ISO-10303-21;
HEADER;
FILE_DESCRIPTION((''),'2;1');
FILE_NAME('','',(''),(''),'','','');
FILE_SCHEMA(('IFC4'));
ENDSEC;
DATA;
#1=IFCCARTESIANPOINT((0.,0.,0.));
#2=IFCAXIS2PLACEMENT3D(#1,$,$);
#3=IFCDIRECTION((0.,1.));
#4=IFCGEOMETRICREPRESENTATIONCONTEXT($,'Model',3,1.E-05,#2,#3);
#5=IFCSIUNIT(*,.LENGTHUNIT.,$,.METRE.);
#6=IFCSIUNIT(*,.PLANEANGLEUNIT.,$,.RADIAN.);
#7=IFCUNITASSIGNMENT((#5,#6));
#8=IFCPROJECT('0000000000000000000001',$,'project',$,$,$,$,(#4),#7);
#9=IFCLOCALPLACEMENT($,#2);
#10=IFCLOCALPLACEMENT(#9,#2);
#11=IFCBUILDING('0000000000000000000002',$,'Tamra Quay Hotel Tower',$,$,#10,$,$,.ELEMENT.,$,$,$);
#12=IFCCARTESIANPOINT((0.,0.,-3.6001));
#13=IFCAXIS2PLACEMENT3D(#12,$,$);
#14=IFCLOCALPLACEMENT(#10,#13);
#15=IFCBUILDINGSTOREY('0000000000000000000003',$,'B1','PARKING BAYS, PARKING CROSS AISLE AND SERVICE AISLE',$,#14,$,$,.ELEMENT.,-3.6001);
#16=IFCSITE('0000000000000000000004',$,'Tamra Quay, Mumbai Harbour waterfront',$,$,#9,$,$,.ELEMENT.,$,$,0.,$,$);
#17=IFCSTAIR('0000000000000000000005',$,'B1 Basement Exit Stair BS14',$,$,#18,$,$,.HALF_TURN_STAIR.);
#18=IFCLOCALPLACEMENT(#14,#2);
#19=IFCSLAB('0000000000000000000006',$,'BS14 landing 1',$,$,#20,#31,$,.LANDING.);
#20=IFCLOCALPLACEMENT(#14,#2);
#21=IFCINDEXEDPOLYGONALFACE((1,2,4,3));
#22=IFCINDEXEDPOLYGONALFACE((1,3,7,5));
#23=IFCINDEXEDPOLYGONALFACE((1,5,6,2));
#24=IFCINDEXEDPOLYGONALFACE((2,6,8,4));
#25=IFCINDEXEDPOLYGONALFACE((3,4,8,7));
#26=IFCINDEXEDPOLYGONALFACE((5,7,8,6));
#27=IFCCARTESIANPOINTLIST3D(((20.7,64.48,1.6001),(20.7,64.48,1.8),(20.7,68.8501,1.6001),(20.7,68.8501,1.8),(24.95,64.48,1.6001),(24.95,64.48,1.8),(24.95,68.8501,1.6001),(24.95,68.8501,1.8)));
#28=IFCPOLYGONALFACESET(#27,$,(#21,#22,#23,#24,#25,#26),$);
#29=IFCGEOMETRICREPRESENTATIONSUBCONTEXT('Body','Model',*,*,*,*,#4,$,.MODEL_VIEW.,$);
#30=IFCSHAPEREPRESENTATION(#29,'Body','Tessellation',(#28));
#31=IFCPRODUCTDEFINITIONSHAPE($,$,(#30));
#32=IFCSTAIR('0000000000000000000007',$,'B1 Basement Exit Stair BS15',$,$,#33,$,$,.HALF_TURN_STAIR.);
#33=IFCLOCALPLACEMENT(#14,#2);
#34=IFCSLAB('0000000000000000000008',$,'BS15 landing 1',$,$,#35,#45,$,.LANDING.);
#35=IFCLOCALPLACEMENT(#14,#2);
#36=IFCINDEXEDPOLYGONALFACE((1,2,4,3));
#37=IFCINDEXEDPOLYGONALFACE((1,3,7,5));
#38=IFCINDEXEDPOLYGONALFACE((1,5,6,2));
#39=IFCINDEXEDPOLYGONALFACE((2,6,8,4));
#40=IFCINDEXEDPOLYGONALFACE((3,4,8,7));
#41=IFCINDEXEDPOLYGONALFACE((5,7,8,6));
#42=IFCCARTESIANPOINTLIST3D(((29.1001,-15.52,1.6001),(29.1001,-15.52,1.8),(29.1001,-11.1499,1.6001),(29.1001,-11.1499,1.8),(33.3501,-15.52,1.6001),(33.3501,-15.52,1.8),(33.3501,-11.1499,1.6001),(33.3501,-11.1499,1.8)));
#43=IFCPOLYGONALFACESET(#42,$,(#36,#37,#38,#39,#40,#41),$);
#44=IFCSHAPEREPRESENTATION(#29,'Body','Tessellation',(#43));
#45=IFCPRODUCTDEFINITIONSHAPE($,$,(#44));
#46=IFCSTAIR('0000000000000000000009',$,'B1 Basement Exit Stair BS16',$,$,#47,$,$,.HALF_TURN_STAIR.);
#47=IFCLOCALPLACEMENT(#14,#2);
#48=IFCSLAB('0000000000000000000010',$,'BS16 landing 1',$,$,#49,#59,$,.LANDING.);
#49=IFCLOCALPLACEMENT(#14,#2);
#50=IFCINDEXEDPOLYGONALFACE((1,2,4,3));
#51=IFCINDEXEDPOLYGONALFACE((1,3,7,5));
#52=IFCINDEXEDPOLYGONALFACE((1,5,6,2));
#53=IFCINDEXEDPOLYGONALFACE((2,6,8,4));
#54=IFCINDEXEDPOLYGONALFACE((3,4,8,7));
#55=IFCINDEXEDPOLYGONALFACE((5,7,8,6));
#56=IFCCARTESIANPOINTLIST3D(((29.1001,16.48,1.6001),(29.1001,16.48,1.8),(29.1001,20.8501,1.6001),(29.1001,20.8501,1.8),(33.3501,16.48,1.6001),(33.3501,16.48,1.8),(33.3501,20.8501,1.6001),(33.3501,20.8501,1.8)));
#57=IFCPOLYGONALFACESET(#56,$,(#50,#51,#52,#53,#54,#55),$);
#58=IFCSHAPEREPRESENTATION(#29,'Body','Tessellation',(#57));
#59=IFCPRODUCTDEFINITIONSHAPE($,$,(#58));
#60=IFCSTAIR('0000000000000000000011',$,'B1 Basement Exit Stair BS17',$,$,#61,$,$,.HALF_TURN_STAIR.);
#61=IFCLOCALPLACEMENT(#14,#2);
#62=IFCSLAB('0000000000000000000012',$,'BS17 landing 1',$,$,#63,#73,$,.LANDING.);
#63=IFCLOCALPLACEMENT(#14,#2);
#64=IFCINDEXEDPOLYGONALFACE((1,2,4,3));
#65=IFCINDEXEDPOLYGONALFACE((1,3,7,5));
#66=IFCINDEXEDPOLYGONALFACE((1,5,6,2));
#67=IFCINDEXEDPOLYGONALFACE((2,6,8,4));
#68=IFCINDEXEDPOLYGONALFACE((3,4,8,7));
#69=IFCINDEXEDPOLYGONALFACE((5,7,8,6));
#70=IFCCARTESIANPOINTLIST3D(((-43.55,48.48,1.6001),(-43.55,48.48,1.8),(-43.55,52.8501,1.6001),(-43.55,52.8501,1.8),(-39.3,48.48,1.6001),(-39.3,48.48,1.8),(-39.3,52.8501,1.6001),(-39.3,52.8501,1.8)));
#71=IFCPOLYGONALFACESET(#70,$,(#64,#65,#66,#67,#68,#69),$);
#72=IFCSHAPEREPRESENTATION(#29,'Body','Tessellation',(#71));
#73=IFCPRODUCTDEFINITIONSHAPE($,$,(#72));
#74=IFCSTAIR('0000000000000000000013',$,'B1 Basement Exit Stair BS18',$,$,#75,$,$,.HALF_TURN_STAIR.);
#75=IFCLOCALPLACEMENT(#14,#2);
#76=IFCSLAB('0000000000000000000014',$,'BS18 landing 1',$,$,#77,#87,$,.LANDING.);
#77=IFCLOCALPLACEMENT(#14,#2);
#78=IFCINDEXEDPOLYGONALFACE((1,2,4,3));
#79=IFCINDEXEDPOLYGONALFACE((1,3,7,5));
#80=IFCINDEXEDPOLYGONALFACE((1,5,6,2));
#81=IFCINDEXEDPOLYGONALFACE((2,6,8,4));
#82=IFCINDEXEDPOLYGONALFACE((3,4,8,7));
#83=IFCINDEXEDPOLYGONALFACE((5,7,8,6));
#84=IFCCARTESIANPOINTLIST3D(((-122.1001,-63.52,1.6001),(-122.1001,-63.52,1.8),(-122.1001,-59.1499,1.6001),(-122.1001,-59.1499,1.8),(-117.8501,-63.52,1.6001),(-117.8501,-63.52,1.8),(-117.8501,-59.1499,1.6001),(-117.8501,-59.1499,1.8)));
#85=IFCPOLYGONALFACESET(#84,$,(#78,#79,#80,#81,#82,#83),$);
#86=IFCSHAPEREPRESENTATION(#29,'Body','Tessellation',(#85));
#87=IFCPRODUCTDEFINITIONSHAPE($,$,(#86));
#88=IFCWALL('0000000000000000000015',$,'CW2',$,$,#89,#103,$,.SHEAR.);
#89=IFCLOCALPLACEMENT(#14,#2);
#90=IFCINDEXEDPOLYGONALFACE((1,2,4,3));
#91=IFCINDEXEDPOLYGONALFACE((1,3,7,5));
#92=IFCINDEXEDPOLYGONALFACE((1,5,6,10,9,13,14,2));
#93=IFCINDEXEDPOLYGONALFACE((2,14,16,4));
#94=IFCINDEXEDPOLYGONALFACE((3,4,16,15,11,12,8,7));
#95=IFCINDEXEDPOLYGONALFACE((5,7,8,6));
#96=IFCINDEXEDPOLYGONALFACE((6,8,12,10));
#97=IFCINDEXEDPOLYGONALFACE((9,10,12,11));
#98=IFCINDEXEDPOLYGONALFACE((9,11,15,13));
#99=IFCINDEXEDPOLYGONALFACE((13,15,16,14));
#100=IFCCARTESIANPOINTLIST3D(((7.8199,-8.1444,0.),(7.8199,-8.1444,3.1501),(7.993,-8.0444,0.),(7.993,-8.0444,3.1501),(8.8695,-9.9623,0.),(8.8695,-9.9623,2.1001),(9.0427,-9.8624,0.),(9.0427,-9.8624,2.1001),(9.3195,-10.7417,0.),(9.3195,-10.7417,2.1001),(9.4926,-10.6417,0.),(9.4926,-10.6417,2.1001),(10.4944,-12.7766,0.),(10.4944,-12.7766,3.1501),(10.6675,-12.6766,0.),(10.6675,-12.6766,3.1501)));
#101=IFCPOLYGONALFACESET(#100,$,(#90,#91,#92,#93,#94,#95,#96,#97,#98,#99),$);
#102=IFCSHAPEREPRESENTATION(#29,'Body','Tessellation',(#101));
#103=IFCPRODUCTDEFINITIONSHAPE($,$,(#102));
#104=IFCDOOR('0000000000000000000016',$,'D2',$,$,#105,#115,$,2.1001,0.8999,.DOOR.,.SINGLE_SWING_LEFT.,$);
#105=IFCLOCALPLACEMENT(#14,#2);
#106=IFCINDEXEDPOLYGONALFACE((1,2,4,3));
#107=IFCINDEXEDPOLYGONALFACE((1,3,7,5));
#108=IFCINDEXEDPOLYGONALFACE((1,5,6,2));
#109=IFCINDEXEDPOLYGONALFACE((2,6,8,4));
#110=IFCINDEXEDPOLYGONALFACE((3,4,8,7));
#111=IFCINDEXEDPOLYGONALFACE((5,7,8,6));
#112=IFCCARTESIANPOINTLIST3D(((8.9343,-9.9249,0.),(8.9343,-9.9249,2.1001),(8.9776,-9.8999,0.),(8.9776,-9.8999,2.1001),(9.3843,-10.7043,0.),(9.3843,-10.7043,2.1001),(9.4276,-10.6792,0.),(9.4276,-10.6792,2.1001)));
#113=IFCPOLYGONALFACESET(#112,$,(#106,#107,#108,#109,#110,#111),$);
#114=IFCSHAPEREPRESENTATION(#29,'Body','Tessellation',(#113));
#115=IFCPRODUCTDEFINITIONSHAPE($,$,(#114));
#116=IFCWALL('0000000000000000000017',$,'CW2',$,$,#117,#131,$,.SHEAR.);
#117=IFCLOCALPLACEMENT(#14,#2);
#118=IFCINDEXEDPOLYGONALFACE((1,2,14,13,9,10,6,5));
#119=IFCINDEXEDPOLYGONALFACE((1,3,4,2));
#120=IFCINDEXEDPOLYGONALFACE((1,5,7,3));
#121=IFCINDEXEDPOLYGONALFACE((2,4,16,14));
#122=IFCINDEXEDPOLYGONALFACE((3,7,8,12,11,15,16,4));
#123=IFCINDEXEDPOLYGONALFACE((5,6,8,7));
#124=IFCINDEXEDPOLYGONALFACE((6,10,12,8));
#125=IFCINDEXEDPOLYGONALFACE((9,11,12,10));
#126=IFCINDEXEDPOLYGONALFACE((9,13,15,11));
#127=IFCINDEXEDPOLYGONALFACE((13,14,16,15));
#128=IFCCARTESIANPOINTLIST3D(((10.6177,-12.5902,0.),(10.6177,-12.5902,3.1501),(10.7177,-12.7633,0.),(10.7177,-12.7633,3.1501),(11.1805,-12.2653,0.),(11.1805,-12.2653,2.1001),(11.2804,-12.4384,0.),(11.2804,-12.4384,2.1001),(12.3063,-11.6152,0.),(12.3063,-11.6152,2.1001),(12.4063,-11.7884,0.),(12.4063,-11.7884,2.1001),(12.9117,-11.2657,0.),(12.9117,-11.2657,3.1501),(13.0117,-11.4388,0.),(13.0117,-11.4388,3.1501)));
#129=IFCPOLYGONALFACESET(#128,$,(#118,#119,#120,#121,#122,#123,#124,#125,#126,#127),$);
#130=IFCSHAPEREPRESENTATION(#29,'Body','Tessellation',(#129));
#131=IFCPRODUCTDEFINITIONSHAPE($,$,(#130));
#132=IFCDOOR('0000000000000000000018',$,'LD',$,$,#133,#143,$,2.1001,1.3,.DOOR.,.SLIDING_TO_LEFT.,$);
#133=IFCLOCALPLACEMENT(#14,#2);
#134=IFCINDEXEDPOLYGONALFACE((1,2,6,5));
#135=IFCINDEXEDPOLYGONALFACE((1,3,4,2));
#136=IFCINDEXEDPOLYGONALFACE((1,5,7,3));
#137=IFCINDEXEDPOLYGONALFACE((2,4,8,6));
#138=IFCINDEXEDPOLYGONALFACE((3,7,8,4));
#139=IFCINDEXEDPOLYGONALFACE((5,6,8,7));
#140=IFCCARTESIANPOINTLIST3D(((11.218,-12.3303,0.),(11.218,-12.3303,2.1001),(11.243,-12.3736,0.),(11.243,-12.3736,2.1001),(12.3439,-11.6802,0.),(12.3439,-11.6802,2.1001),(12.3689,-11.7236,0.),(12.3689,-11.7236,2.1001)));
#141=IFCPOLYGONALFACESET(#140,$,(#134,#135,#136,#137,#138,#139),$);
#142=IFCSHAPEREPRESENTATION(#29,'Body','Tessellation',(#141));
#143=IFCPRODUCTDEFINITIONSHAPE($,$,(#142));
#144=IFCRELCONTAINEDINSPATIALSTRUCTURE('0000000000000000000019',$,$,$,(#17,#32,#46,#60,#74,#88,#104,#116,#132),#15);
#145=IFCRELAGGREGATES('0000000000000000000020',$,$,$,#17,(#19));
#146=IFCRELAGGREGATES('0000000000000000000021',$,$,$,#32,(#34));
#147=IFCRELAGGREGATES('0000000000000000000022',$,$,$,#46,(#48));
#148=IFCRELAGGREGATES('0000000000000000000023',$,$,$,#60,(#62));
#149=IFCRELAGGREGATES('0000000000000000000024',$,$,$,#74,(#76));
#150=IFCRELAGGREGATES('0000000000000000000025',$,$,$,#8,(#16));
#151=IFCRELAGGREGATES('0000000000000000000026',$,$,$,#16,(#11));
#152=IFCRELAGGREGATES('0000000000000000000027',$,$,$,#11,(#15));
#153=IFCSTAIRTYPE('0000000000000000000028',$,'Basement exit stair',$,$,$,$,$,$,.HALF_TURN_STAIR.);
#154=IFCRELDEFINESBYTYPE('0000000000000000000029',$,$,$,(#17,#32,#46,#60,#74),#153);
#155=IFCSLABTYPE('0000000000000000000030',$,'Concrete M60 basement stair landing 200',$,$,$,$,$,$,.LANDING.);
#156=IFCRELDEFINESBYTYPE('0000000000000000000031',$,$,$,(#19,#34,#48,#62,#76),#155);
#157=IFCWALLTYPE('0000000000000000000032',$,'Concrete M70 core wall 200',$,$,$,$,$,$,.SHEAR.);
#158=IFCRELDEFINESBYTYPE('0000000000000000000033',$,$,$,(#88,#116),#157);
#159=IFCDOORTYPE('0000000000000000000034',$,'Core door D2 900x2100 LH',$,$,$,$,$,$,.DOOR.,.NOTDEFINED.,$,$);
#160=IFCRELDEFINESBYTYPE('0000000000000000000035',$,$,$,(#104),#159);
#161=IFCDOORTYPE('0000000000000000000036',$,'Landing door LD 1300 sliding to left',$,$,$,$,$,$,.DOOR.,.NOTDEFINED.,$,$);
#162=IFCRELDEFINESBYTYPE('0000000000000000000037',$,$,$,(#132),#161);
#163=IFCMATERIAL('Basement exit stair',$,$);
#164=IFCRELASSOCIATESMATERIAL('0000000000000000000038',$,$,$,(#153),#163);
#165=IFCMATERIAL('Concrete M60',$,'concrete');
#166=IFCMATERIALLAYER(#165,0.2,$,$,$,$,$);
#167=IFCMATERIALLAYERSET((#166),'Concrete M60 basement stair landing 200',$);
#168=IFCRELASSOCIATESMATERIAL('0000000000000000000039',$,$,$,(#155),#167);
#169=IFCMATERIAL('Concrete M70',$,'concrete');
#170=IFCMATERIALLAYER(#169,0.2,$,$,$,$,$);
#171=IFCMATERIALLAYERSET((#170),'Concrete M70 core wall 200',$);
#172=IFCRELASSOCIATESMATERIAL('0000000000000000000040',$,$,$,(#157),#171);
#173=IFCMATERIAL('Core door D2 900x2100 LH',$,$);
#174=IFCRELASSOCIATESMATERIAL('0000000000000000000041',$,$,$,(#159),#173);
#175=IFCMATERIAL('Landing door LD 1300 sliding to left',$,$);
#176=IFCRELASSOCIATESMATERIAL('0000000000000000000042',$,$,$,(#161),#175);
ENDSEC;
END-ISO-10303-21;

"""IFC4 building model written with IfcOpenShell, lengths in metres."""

from ifc_helpers import new_model, si_unit, direction, frame, frame_2d, origin, place, context, subcontext, project, spatial, polyline, rectangle, outline, extrude, material, layer, layer_set, type_object, element, fill, aggregate, save


model = new_model("IFC4")

# Units and contexts
model_context = context("Model", 3, precision=1e-05, world=origin(), true_north=direction((0.0, 1.0)))
body_context = subcontext(model_context, "Body", "Model", "MODEL_VIEW")
ifc_project = project(units=[si_unit("LENGTHUNIT", "METRE"), si_unit("PLANEANGLEUNIT", "RADIAN")], contexts=[model_context])

# Site, building, storey
site_placement = place(None, origin())
site = spatial("IfcSite", under=ifc_project, at=site_placement, Name="Tamra Quay, Mumbai Harbour waterfront", CompositionType="ELEMENT", RefElevation=0.0)
building_placement = place(site_placement, origin())
building = spatial("IfcBuilding", under=site, at=building_placement, Name="Tamra Quay Hotel Tower", CompositionType="ELEMENT")
storey_placement = place(building_placement, frame((0.0, 0.0, -3.6001)))
storey = spatial("IfcBuildingStorey", under=building, at=storey_placement, Name="B1", Description="PARKING BAYS, PARKING CROSS AISLE AND SERVICE AISLE", CompositionType="ELEMENT", Elevation=-3.6001)

# Stairs, slabs
ifc_material_1 = material(Name="Basement exit stair")
stair_type = type_object("IfcStairType", Name="Basement exit stair", PredefinedType="HALF_TURN_STAIR", material=ifc_material_1)
stair_1_placement = place(storey_placement, origin())
stair_1 = element("IfcStair", 1, at=stair_1_placement, inside=storey, type_object=stair_type, Name="B1 Basement Exit Stair BS14", PredefinedType="HALF_TURN_STAIR")
ifc_material_2 = material(Name="Concrete M60", Category="concrete")
ifc_layer_1 = layer(ifc_material_2, 0.2)
ifc_layer_set_1 = layer_set([ifc_layer_1], Name="Concrete M60 basement stair landing 200")
slab_type = type_object("IfcSlabType", Name="Concrete M60 basement stair landing 200", PredefinedType="LANDING", material=ifc_layer_set_1)
slab_1_placement = place(storey_placement, frame((0.0, 0.0, 1.6001)))
slab_1 = element("IfcSlab", 2, at=slab_1_placement, type_object=slab_type, Name="BS14 landing 1", PredefinedType="LANDING", context=body_context, shape_type="SweptSolid", body=[
    extrude(outline(polyline([(24.95, 64.48), (24.95, 68.8501), (20.7, 68.8501), (20.7, 64.48), (24.95, 64.48)])), origin(), (0.0, 0.0, 1.0), 0.2),
])
aggregate(stair_1, [slab_1])
stair_2_placement = place(storey_placement, origin())
stair_2 = element("IfcStair", 3, at=stair_2_placement, inside=storey, type_object=stair_type, Name="B1 Basement Exit Stair BS15", PredefinedType="HALF_TURN_STAIR")
slab_2_placement = place(storey_placement, frame((0.0, 0.0, 1.6001)))
slab_2 = element("IfcSlab", 4, at=slab_2_placement, type_object=slab_type, Name="BS15 landing 1", PredefinedType="LANDING", context=body_context, shape_type="SweptSolid", body=[
    extrude(outline(polyline([(33.3501, -15.52), (33.3501, -11.1499), (29.1001, -11.1499), (29.1001, -15.52), (33.3501, -15.52)])), origin(), (0.0, 0.0, 1.0), 0.2),
])
aggregate(stair_2, [slab_2])
stair_3_placement = place(storey_placement, origin())
stair_3 = element("IfcStair", 5, at=stair_3_placement, inside=storey, type_object=stair_type, Name="B1 Basement Exit Stair BS16", PredefinedType="HALF_TURN_STAIR")
slab_3_placement = place(storey_placement, frame((0.0, 0.0, 1.6001)))
slab_3 = element("IfcSlab", 6, at=slab_3_placement, type_object=slab_type, Name="BS16 landing 1", PredefinedType="LANDING", context=body_context, shape_type="SweptSolid", body=[
    extrude(outline(polyline([(33.3501, 16.48), (33.3501, 20.8501), (29.1001, 20.8501), (29.1001, 16.48), (33.3501, 16.48)])), origin(), (0.0, 0.0, 1.0), 0.2),
])
aggregate(stair_3, [slab_3])
stair_4_placement = place(storey_placement, origin())
stair_4 = element("IfcStair", 7, at=stair_4_placement, inside=storey, type_object=stair_type, Name="B1 Basement Exit Stair BS17", PredefinedType="HALF_TURN_STAIR")
slab_4_placement = place(storey_placement, frame((0.0, 0.0, 1.6001)))
slab_4 = element("IfcSlab", 8, at=slab_4_placement, type_object=slab_type, Name="BS17 landing 1", PredefinedType="LANDING", context=body_context, shape_type="SweptSolid", body=[
    extrude(outline(polyline([(-39.3, 48.48), (-39.3, 52.8501), (-43.55, 52.8501), (-43.55, 48.48), (-39.3, 48.48)])), origin(), (0.0, 0.0, 1.0), 0.2),
])
aggregate(stair_4, [slab_4])
stair_5_placement = place(storey_placement, origin())
stair_5 = element("IfcStair", 9, at=stair_5_placement, inside=storey, type_object=stair_type, Name="B1 Basement Exit Stair BS18", PredefinedType="HALF_TURN_STAIR")
slab_5_placement = place(storey_placement, frame((0.0, 0.0, 1.6001)))
slab_5 = element("IfcSlab", 10, at=slab_5_placement, type_object=slab_type, Name="BS18 landing 1", PredefinedType="LANDING", context=body_context, shape_type="SweptSolid", body=[
    extrude(outline(polyline([(-117.8501, -63.52), (-117.8501, -59.1499), (-122.1001, -59.1499), (-122.1001, -63.52), (-117.8501, -63.52)])), origin(), (0.0, 0.0, 1.0), 0.2),
])
aggregate(stair_5, [slab_5])

# Walls, openings, doors
ifc_material_3 = material(Name="Concrete M70", Category="concrete")
ifc_layer_2 = layer(ifc_material_3, 0.2)
ifc_layer_set_2 = layer_set([ifc_layer_2], Name="Concrete M70 core wall 200")
wall_type_1 = type_object("IfcWallType", Name="Concrete M70 core wall 200", PredefinedType="SHEAR", material=ifc_layer_set_2)
wall_1_placement = place(storey_placement, frame((7.9065, -8.0945, 0.0), z_axis=(0.0, 0.0, 1.0), x_axis=(0.500012, -0.866018, 0.0)))
wall_1 = element("IfcWall", 11, at=wall_1_placement, inside=storey, type_object=wall_type_1, Name="CW2", PredefinedType="SHEAR", context=body_context, shape_type="SweptSolid", body=[
    extrude(rectangle(XDim=5.3489, YDim=0.2, at=frame_2d((2.6743, 0.0))), origin(), (0.0, 0.0, 1.0), 3.1501),
])
opening_1_placement = place(wall_1_placement, frame((2.0991, 0.0, 0.0)))
opening_1 = element("IfcOpeningElement", 12, at=opening_1_placement, cuts=wall_1, PredefinedType="OPENING", context=body_context, shape_type="SweptSolid", body=[
    extrude(rectangle(XDim=0.8999, YDim=2.1001, at=frame_2d((0.45, 1.05))), frame((0.0, 0.1099, 0.0), z_axis=(0.0, -1.0, 0.0), x_axis=(1.0, 0.0, 0.0)), (0.0, 0.0, 1.0), 0.22),
])
ifc_material_4 = material(Name="Core door D2 900x2100 LH")
door_type_1 = type_object("IfcDoorType", Name="Core door D2 900x2100 LH", OperationType="NOTDEFINED", PredefinedType="DOOR", material=ifc_material_4)
door_1_placement = place(opening_1_placement, origin())
door_1 = element("IfcDoor", 13, at=door_1_placement, inside=storey, type_object=door_type_1, Name="D2", OperationType="SINGLE_SWING_LEFT", OverallHeight=2.1001, OverallWidth=0.8999, PredefinedType="DOOR", context=body_context, shape_type="SweptSolid", body=[
    extrude(rectangle(XDim=0.8999, YDim=2.1001, at=frame_2d((0.45, 1.05))), frame((0.0, 0.0249, 0.0), z_axis=(0.0, -1.0, 0.0), x_axis=(1.0, 0.0, 0.0)), (0.0, 0.0, 1.0), 0.05),
])
fill(opening_1, door_1)
wall_2_placement = place(storey_placement, frame((10.6677, -12.6768, 0.0), z_axis=(0.0, 0.0, 1.0), x_axis=(0.866017, 0.500015, 0.0)))
wall_2 = element("IfcWall", 14, at=wall_2_placement, inside=storey, type_object=wall_type_1, Name="CW2", PredefinedType="SHEAR", context=body_context, shape_type="SweptSolid", body=[
    extrude(rectangle(XDim=2.6489, YDim=0.2, at=frame_2d((1.3245, 0.0))), origin(), (0.0, 0.0, 1.0), 3.1501),
])
opening_2_placement = place(wall_2_placement, frame((0.6499, 0.0, 0.0)))
opening_2 = element("IfcOpeningElement", 15, at=opening_2_placement, cuts=wall_2, PredefinedType="OPENING", context=body_context, shape_type="SweptSolid", body=[
    extrude(rectangle(XDim=1.3, YDim=2.1001, at=frame_2d((0.6499, 1.05))), frame((0.0, 0.1099, 0.0), z_axis=(0.0, -1.0, 0.0), x_axis=(1.0, 0.0, 0.0)), (0.0, 0.0, 1.0), 0.22),
])
ifc_material_5 = material(Name="Landing door LD 1300 sliding to left")
door_type_2 = type_object("IfcDoorType", Name="Landing door LD 1300 sliding to left", OperationType="NOTDEFINED", PredefinedType="DOOR", material=ifc_material_5)
door_2_placement = place(opening_2_placement, origin())
door_2 = element("IfcDoor", 16, at=door_2_placement, inside=storey, type_object=door_type_2, Name="LD", OperationType="SLIDING_TO_LEFT", OverallHeight=2.1001, OverallWidth=1.3, PredefinedType="DOOR", context=body_context, shape_type="SweptSolid", body=[
    extrude(rectangle(XDim=1.3, YDim=2.1001, at=frame_2d((0.6499, 1.05))), frame((0.0, 0.0249, 0.0), z_axis=(0.0, -1.0, 0.0), x_axis=(1.0, 0.0, 0.0)), (0.0, 0.0, 1.0), 0.05),
])
fill(opening_2, door_2)

save(model, "model.ifc")
